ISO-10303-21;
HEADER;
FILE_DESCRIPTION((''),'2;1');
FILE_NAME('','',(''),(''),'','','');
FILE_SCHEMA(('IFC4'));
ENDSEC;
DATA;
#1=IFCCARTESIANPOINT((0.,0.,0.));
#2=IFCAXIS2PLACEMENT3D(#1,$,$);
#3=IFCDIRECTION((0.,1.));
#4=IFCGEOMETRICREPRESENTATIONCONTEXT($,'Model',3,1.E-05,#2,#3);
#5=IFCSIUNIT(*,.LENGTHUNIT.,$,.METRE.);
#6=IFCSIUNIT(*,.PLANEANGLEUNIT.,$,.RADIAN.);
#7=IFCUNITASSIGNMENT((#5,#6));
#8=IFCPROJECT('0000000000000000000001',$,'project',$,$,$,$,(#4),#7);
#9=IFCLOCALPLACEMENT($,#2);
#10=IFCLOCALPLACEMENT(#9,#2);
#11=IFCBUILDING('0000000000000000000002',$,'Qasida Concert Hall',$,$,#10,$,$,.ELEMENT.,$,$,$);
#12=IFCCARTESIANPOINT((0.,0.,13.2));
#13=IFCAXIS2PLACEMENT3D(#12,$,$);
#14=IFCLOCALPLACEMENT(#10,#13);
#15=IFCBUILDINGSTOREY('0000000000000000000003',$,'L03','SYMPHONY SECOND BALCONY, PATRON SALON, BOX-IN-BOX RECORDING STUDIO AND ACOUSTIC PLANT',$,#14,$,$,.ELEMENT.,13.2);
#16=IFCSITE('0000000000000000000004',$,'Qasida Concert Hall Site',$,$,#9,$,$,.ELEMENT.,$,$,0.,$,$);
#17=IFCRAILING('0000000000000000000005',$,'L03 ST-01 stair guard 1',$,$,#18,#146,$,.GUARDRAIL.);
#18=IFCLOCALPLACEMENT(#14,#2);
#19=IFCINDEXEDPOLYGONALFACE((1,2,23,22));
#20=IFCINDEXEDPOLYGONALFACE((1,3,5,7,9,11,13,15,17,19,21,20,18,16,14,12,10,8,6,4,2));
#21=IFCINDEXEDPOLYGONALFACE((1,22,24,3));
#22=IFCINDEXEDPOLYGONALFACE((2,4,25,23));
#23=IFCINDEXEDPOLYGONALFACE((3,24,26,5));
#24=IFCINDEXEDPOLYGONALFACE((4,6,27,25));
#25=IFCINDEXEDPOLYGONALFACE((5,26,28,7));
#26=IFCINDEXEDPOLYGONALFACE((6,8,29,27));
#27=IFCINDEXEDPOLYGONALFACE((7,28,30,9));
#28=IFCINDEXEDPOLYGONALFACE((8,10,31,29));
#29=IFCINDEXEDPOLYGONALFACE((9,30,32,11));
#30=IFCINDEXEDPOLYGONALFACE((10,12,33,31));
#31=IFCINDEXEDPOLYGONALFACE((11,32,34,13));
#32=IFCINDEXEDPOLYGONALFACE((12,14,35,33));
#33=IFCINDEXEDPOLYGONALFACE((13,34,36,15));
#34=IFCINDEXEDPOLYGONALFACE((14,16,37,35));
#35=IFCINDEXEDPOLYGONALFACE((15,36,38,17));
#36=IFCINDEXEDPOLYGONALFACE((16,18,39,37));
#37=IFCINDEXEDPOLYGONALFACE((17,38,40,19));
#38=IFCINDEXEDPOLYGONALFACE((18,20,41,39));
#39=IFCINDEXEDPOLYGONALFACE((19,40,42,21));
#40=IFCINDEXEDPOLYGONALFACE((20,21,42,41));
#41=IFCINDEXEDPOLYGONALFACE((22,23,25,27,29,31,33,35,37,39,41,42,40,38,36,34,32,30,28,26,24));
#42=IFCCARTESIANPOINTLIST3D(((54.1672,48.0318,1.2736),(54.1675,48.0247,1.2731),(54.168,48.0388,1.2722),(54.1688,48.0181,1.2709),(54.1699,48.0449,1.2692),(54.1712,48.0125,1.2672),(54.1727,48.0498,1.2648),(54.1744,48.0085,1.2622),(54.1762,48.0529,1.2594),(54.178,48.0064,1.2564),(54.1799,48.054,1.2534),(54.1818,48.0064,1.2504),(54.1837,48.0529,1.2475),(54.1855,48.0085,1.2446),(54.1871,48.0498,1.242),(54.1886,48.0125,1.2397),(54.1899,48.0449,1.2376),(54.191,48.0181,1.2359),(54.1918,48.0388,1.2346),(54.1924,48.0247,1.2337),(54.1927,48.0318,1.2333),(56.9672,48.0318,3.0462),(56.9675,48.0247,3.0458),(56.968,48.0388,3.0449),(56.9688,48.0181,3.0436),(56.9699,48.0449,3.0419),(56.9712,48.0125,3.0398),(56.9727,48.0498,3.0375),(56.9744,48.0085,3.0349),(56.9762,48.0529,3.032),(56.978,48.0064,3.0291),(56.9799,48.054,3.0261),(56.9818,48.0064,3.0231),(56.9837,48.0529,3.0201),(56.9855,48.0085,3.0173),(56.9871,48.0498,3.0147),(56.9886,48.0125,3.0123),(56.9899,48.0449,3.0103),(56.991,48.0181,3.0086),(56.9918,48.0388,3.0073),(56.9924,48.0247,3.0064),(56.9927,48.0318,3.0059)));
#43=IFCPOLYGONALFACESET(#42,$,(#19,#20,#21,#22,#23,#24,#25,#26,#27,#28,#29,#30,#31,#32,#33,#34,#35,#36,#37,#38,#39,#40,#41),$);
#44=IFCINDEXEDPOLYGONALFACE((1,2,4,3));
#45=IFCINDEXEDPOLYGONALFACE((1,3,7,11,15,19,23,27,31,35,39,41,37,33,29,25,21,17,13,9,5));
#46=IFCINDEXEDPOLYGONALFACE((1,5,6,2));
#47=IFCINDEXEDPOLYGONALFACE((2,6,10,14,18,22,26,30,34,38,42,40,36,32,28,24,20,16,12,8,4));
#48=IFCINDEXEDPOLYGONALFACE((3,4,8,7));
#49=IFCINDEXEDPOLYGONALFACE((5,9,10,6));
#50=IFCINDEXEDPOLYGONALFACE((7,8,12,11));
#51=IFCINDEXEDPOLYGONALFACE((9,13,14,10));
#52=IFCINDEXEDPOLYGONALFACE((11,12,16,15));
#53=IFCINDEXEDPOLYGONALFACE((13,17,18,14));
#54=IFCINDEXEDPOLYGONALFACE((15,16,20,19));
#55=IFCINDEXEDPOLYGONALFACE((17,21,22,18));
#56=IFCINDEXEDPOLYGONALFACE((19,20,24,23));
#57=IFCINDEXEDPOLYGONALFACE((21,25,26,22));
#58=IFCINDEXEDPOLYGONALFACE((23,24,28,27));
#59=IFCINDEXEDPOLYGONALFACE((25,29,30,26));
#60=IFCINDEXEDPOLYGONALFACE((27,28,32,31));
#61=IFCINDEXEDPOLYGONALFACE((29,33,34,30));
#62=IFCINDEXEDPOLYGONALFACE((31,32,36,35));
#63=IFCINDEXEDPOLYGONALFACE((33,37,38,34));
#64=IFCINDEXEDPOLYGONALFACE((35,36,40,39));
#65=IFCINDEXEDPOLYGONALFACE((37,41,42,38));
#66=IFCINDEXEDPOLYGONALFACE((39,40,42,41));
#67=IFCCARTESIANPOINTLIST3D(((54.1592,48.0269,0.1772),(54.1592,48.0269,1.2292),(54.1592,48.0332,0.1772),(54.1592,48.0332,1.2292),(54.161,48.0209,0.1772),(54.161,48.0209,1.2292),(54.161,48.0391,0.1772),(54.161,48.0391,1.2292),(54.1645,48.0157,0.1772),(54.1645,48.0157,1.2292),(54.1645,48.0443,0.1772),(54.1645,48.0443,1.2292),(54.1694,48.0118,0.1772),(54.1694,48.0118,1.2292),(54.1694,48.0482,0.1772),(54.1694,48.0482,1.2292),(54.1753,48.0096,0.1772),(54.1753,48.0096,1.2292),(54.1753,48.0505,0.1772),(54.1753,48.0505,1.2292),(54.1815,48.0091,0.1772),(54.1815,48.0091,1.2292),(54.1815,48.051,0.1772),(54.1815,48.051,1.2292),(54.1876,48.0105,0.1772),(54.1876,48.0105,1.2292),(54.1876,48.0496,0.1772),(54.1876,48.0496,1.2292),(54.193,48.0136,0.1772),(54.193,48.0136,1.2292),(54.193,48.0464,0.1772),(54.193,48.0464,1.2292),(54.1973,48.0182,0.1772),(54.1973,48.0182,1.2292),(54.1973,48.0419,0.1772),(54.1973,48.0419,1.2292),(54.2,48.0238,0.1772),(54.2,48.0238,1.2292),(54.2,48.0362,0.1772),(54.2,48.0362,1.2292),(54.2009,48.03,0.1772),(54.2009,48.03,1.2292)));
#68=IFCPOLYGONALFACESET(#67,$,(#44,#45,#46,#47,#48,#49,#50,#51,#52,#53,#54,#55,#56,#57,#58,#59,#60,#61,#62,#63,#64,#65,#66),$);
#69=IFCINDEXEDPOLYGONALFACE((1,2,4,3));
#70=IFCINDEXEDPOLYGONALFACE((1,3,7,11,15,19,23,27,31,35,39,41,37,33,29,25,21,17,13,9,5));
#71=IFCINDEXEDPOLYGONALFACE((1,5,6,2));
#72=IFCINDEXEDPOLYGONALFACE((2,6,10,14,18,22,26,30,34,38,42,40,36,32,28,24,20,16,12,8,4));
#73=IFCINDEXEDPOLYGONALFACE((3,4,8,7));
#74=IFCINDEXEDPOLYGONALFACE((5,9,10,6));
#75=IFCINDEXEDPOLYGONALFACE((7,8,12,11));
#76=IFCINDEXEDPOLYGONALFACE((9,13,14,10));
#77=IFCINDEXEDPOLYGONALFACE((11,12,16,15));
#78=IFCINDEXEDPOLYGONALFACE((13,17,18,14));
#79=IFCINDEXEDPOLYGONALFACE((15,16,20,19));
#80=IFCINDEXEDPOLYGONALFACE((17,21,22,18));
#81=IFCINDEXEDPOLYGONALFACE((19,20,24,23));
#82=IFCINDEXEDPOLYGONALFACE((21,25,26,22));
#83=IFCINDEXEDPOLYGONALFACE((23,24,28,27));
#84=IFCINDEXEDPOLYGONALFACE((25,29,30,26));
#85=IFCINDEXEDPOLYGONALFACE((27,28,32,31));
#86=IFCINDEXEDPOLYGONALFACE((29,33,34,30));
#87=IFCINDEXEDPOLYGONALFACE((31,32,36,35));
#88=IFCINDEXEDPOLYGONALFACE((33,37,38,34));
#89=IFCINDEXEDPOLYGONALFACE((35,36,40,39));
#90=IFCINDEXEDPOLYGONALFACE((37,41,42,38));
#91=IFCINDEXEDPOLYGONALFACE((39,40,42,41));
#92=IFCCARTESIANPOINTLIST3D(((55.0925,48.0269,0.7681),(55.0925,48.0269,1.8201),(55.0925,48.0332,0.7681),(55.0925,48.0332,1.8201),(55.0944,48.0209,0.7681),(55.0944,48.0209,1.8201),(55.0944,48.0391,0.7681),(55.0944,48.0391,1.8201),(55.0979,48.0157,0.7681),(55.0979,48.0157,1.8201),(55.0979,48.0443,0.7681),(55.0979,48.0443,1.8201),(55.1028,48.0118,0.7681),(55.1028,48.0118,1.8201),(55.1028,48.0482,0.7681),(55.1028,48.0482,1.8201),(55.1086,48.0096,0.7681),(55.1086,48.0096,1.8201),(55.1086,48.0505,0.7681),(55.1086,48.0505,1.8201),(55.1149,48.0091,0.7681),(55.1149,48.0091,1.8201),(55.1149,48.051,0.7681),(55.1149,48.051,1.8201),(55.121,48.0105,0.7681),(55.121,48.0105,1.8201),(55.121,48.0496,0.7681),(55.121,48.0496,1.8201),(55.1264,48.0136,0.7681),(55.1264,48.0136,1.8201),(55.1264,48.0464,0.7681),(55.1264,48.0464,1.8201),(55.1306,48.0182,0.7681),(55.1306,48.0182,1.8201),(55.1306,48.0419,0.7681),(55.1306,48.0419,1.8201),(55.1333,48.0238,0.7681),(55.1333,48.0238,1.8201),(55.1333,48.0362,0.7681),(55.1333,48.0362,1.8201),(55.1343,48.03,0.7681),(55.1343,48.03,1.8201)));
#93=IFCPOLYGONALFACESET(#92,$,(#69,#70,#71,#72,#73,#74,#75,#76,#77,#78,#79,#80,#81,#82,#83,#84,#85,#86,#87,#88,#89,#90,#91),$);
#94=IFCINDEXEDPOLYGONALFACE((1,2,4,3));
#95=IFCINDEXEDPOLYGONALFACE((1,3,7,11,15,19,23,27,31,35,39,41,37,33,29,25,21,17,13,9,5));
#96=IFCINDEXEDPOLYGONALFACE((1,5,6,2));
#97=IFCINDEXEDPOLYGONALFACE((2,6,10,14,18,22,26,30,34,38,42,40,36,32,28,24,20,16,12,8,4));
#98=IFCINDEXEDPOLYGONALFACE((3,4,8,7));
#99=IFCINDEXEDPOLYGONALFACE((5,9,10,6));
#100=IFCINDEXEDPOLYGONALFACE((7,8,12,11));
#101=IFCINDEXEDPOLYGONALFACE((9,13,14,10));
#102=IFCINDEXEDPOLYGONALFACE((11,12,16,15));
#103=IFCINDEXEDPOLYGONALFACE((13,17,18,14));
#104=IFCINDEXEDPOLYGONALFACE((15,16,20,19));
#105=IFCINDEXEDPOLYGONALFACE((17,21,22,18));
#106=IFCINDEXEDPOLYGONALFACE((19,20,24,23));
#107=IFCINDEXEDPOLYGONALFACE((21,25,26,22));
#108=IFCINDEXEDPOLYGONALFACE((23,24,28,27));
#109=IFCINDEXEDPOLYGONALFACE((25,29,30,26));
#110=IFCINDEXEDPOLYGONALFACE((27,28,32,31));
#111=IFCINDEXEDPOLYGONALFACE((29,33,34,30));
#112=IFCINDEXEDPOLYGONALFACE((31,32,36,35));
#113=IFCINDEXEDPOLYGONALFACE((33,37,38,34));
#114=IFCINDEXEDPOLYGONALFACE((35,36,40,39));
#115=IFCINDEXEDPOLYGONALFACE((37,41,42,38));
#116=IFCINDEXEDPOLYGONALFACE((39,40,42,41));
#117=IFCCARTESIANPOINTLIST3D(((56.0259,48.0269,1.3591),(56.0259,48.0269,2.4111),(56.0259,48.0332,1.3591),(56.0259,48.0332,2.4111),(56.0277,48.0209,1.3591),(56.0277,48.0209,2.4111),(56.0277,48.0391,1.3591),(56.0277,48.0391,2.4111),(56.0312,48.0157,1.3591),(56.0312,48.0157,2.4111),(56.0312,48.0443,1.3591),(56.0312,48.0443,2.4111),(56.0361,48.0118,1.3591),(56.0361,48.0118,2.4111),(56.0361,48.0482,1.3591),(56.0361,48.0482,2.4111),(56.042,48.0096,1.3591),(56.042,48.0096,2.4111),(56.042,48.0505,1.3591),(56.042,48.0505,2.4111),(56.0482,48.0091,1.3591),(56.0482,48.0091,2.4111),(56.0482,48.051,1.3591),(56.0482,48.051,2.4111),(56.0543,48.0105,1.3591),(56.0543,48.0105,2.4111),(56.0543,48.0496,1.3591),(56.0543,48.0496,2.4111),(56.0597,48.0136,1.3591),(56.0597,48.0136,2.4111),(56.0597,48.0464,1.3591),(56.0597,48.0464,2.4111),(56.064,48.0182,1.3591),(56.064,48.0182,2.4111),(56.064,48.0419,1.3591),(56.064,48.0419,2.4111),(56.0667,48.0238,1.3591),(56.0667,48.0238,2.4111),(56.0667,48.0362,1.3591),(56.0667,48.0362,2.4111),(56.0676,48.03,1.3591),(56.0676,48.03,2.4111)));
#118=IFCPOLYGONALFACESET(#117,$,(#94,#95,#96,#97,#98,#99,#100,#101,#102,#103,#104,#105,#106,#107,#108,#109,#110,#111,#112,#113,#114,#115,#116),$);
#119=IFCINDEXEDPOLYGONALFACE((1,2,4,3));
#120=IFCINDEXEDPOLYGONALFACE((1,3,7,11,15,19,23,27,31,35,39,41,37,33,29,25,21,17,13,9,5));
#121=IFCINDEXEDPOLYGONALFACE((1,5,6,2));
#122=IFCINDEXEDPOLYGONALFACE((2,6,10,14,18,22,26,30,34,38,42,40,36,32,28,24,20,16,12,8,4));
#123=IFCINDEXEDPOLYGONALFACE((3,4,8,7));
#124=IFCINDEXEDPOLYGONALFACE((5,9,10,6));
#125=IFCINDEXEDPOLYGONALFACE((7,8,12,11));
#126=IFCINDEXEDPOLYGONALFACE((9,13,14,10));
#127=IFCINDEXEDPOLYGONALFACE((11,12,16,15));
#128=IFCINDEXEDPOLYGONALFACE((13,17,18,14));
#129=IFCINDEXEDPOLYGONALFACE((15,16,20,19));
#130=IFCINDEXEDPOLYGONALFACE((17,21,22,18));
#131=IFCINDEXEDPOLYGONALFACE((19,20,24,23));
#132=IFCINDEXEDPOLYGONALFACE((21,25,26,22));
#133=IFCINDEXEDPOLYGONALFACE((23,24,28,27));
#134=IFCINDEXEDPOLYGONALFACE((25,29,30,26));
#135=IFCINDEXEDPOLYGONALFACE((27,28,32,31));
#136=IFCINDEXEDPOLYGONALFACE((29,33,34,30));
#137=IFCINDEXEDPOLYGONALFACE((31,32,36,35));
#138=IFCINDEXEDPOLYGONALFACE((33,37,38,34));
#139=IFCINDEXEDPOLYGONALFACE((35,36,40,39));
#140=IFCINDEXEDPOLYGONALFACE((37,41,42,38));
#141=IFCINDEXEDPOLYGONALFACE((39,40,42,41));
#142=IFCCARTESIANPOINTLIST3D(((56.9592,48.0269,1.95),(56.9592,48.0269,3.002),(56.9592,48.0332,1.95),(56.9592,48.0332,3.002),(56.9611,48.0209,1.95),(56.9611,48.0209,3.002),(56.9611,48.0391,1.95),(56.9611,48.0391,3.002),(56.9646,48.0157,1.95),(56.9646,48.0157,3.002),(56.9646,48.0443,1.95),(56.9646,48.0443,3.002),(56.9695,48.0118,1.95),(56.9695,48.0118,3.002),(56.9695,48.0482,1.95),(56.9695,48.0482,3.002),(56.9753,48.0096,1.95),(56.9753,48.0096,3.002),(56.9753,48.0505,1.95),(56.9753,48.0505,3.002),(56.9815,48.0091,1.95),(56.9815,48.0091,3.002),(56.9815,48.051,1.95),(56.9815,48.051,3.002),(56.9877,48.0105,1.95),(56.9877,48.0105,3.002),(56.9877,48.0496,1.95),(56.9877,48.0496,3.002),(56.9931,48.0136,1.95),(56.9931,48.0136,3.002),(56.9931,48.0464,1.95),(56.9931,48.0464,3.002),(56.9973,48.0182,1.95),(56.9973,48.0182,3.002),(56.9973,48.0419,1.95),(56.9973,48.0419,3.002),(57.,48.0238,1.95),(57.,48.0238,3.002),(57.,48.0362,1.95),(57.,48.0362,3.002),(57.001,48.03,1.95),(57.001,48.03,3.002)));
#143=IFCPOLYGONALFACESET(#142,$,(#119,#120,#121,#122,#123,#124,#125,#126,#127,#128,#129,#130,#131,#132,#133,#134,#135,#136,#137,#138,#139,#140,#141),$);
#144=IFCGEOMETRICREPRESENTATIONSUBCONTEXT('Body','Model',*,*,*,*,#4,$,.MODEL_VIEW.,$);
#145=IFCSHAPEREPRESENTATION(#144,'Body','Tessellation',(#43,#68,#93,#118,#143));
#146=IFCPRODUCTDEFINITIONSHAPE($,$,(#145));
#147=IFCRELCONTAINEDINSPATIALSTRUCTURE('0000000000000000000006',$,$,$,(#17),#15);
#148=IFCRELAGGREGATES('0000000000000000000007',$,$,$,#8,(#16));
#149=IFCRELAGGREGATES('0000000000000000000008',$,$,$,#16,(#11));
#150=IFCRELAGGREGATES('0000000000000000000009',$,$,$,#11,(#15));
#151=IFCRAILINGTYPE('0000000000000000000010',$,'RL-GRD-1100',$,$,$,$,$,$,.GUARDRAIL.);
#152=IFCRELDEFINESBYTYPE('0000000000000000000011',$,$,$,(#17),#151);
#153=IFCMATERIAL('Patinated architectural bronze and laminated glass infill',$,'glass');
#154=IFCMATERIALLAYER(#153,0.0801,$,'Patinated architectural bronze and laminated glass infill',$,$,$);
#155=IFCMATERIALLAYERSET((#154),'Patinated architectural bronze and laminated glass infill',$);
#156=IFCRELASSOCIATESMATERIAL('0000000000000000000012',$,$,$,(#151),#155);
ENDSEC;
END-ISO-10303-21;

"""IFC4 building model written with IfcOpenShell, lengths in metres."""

from ifc_helpers import new_model, si_unit, direction, frame, origin, origin_2d, place, context, subcontext, project, spatial, circle, extrude, material, layer, layer_set, type_object, element, save


model = new_model("IFC4")

# Units and contexts
model_context = context("Model", 3, precision=1e-05, world=origin(), true_north=direction((0.0, 1.0)))
body_context = subcontext(model_context, "Body", "Model", "MODEL_VIEW")
ifc_project = project(units=[si_unit("LENGTHUNIT", "METRE"), si_unit("PLANEANGLEUNIT", "RADIAN")], contexts=[model_context])

# Site, building, storey
site_placement = place(None, origin())
site = spatial("IfcSite", under=ifc_project, at=site_placement, Name="Qasida Concert Hall Site", CompositionType="ELEMENT", RefElevation=0.0)
building_placement = place(site_placement, origin())
building = spatial("IfcBuilding", under=site, at=building_placement, Name="Qasida Concert Hall", CompositionType="ELEMENT")
storey_placement = place(building_placement, frame((0.0, 0.0, 13.2)))
storey = spatial("IfcBuildingStorey", under=building, at=storey_placement, Name="L03", Description="SYMPHONY SECOND BALCONY, PATRON SALON, BOX-IN-BOX RECORDING STUDIO AND ACOUSTIC PLANT", CompositionType="ELEMENT", Elevation=13.2)

# Railing
ifc_material_1 = material(Name="Patinated architectural bronze and laminated glass infill", Category="glass")
ifc_layer_1 = layer(ifc_material_1, 0.0801, Name="Patinated architectural bronze and laminated glass infill")
ifc_layer_set_1 = layer_set([ifc_layer_1], Name="Patinated architectural bronze and laminated glass infill")
railing_type_1 = type_object("IfcRailingType", Name="RL-GRD-1100", PredefinedType="GUARDRAIL", material=ifc_layer_set_1)
railing_1_placement = place(storey_placement, frame((54.1799, 48.03, 0.1772)))
element("IfcRailing", 1, at=railing_1_placement, inside=storey, type_object=railing_type_1, Name="L03 ST-01 stair guard 1", PredefinedType="GUARDRAIL", context=body_context, shape_type="SweptSolid", body=[
    extrude(circle(Radius=0.0239, at=origin_2d()), frame((0.0, 0.0, 1.0762), z_axis=(0.844909, 0.0, 0.53491), x_axis=(0.0, 1.0, 0.0)), (0.0, 0.0, 1.0), 3.314),
    extrude(circle(Radius=0.021, at=origin_2d()), origin(), (0.0, 0.0, 1.0), 1.052),
    extrude(circle(Radius=0.021, at=origin_2d()), frame((0.9333, 0.0, 0.5908)), (0.0, 0.0, 1.0), 1.052),
    extrude(circle(Radius=0.021, at=origin_2d()), frame((1.8667, 0.0, 1.1819)), (0.0, 0.0, 1.0), 1.052),
    extrude(circle(Radius=0.021, at=origin_2d()), frame((2.8, 0.0, 1.7727)), (0.0, 0.0, 1.0), 1.052),
])

save(model, "model.ifc")
